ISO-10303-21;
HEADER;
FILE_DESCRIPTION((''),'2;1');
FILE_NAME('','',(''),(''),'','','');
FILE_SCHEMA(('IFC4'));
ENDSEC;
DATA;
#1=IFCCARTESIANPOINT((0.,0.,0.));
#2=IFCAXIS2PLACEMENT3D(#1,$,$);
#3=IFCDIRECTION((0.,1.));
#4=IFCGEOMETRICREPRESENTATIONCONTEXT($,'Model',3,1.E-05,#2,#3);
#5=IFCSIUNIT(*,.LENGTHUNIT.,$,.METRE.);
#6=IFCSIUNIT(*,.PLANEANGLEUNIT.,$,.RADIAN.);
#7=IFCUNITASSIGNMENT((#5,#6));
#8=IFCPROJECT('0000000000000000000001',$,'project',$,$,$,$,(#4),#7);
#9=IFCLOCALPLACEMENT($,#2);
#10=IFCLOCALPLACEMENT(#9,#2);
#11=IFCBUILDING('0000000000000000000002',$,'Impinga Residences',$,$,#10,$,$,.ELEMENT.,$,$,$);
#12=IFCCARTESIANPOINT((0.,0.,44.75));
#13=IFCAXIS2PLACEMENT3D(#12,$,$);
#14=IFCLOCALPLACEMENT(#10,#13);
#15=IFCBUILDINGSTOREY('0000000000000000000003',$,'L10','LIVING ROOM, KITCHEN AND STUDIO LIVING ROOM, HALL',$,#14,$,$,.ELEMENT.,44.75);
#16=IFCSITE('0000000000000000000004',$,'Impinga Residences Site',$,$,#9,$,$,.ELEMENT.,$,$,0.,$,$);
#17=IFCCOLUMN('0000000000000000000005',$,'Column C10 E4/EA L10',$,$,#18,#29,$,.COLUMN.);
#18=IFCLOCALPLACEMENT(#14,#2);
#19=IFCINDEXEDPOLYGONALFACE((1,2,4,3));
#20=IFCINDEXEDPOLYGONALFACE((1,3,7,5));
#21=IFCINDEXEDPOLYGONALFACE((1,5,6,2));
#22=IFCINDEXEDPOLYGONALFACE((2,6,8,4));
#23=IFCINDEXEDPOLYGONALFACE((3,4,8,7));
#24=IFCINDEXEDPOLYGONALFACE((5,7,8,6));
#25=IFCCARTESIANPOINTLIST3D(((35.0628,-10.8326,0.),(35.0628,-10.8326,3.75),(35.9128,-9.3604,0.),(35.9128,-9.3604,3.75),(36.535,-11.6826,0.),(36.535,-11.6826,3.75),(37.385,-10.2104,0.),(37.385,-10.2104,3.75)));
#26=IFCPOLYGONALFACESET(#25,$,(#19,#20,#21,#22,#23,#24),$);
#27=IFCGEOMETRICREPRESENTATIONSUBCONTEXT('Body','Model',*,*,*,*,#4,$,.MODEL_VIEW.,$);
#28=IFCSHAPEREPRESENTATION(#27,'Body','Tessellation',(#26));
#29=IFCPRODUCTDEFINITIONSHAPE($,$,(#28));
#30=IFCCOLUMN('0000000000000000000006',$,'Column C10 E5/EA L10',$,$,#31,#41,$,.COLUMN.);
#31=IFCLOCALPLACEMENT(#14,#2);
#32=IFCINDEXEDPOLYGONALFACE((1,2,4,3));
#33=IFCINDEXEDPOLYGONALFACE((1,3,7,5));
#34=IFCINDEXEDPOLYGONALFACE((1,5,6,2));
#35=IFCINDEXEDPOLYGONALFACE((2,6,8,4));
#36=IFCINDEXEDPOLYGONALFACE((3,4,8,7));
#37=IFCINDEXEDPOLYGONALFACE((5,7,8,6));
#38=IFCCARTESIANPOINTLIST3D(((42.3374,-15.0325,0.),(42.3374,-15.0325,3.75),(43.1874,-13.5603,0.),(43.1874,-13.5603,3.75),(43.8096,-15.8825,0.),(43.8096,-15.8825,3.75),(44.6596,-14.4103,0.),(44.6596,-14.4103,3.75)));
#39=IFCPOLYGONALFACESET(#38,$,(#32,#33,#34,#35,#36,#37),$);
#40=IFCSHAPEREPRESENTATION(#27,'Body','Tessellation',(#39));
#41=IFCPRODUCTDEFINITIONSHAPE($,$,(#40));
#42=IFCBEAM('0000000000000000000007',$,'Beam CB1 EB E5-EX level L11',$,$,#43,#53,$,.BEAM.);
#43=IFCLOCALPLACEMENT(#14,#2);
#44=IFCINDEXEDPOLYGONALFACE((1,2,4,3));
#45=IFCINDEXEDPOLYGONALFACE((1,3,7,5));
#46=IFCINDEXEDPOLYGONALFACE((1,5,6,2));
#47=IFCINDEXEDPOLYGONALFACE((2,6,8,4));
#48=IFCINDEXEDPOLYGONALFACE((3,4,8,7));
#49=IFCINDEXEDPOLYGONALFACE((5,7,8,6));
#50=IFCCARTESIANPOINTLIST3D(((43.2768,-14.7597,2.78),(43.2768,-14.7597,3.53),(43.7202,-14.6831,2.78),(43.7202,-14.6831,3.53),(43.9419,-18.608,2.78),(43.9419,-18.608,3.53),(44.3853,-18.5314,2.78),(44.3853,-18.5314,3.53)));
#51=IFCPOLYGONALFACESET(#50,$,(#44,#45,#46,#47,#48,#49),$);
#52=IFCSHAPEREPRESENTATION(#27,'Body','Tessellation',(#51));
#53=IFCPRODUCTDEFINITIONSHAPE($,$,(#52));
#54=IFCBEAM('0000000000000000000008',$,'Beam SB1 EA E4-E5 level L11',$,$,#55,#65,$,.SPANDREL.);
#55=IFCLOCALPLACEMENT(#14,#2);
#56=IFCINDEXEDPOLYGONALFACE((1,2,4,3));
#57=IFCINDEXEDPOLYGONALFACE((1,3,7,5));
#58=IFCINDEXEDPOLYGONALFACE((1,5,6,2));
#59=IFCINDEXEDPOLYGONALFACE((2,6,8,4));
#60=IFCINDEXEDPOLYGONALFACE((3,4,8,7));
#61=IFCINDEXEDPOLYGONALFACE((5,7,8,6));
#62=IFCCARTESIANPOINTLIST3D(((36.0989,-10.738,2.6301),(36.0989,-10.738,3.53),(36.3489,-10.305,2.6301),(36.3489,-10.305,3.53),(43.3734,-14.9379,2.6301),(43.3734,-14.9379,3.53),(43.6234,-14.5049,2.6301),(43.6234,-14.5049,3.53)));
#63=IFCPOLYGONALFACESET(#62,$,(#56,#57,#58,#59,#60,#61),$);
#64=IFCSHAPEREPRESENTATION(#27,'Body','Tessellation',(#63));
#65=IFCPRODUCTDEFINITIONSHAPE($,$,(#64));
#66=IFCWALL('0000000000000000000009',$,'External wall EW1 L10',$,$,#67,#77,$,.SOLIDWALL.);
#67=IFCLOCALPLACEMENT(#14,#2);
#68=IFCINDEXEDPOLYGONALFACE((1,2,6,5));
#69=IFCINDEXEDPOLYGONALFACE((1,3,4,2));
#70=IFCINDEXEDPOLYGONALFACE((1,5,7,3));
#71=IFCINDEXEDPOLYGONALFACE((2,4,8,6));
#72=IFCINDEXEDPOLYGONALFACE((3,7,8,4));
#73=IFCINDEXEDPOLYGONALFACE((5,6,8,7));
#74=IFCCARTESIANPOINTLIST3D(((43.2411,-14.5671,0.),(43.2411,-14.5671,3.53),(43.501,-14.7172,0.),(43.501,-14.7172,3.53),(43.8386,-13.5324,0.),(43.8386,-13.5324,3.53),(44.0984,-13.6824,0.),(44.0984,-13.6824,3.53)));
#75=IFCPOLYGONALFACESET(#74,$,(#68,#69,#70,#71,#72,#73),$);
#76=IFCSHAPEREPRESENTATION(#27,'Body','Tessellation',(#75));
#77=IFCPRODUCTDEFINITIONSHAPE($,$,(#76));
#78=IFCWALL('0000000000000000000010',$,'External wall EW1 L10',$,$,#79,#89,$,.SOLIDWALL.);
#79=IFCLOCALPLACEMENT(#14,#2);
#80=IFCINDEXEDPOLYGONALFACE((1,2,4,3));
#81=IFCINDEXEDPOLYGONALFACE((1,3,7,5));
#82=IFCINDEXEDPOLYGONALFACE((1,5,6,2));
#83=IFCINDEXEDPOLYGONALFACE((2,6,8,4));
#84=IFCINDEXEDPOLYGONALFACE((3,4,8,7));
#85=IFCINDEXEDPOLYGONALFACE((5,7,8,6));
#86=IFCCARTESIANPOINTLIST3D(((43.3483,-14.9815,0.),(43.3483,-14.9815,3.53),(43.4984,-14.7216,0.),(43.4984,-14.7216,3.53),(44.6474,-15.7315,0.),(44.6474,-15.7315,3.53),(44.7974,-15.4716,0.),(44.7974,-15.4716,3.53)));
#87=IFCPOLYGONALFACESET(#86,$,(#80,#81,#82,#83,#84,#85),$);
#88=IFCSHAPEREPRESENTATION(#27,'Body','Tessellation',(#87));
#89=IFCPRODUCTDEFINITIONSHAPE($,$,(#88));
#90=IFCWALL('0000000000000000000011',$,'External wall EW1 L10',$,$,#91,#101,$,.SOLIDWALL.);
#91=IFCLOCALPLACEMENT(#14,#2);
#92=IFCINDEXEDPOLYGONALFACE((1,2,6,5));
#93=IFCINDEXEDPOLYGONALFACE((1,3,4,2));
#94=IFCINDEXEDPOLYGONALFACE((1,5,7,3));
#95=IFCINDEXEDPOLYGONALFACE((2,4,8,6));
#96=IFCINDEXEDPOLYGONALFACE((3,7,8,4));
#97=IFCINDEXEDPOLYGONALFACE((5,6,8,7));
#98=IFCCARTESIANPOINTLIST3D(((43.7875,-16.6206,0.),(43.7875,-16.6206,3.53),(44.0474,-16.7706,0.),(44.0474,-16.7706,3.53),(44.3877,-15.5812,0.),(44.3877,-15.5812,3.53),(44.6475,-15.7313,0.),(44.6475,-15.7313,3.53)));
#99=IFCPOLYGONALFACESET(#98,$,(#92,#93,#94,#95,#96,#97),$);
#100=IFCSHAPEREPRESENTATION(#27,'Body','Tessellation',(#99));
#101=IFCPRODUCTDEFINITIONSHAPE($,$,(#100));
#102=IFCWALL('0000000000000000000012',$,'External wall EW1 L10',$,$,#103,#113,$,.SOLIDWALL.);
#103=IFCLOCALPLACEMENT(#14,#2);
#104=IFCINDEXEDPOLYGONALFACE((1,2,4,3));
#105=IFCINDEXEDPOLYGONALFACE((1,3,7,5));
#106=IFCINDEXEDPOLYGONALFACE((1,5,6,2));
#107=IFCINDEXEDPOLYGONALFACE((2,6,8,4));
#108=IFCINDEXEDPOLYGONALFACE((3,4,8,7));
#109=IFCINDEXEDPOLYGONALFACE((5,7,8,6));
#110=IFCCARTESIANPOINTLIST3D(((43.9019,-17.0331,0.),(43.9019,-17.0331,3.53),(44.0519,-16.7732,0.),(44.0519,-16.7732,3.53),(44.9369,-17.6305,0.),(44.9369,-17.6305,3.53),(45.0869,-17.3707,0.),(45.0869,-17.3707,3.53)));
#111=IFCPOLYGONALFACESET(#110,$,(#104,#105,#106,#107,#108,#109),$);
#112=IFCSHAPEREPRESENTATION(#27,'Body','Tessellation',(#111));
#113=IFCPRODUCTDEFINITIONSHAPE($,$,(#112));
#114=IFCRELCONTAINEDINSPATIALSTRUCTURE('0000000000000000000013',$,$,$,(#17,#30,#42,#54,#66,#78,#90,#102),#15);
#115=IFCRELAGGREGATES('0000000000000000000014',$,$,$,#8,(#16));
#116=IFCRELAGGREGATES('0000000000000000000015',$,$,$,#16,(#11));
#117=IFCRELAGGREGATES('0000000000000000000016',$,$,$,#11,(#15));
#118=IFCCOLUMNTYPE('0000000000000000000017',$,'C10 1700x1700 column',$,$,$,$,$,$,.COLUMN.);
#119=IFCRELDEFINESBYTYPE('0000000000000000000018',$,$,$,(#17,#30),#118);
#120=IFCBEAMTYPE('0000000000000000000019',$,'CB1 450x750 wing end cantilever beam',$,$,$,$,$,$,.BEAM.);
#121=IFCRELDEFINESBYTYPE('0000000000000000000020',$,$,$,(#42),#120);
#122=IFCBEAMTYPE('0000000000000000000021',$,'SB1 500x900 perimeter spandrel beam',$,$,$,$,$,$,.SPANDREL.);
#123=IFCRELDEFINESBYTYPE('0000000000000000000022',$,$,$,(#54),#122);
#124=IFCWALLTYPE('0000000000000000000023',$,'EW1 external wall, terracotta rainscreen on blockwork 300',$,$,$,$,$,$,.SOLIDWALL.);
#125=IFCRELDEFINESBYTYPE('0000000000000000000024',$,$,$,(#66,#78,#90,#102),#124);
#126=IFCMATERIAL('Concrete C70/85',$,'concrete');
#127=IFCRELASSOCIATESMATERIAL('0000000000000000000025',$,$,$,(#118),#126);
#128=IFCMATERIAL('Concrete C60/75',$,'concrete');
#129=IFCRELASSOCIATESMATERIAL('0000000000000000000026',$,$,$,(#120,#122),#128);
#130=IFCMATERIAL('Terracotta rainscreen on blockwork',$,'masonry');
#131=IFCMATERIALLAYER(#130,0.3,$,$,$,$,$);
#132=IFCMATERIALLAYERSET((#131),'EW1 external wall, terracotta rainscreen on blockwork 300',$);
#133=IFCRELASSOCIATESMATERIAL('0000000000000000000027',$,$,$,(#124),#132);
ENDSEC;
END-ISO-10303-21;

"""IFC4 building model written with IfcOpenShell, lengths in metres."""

from ifc_helpers import new_model, si_unit, direction, frame, frame_2d, origin, origin_2d, place, context, subcontext, project, spatial, rectangle, extrude, material, layer, layer_set, material_profile, profile_set, type_object, element, save


model = new_model("IFC4")

# Units and contexts
model_context = context("Model", 3, precision=1e-05, world=origin(), true_north=direction((0.0, 1.0)))
body_context = subcontext(model_context, "Body", "Model", "MODEL_VIEW")
ifc_project = project(units=[si_unit("LENGTHUNIT", "METRE"), si_unit("PLANEANGLEUNIT", "RADIAN")], contexts=[model_context])

# Site, building, storey
site_placement = place(None, origin())
site = spatial("IfcSite", under=ifc_project, at=site_placement, Name="Impinga Residences Site", CompositionType="ELEMENT", RefElevation=0.0)
building_placement = place(site_placement, origin())
building = spatial("IfcBuilding", under=site, at=building_placement, Name="Impinga Residences", CompositionType="ELEMENT")
storey_placement = place(building_placement, frame((0.0, 0.0, 44.75)))
storey = spatial("IfcBuildingStorey", under=building, at=storey_placement, Name="L10", Description="LIVING ROOM, KITCHEN AND STUDIO LIVING ROOM, HALL", CompositionType="ELEMENT", Elevation=44.75)

# Columns
ifc_material_1 = material(Name="Concrete C70/85", Category="concrete")
ifc_material_profile_1 = material_profile(ifc_material_1, rectangle(XDim=1.7, YDim=1.7, at=origin_2d()), Name="RC 1700x1700")
ifc_profile_set_1 = profile_set([ifc_material_profile_1], Name="Concrete C70/85")
column_type = type_object("IfcColumnType", Name="C10 1700x1700 column", PredefinedType="COLUMN", material=ifc_profile_set_1)
for number, where, z_axis, x_axis, name in (
    (1, (36.2239, -10.5215, 0.0), (0.0, 0.0, 1.0), (-0.5, -0.866025, 0.0), "Column C10 E4/EA L10"),
    (2, (43.4985, -14.7214, 0.0), (0.0, 0.0, 1.0), (-0.5, -0.866025, 0.0), "Column C10 E5/EA L10"),
):
    element("IfcColumn", number, at=place(storey_placement, frame(where, z_axis=z_axis, x_axis=x_axis)), inside=storey, type_object=column_type, Name=name, PredefinedType="COLUMN", context=body_context, shape_type="SweptSolid", body=[
        extrude(rectangle(XDim=1.7, YDim=1.7, at=origin_2d()), origin(), (0.0, 0.0, 1.0), 3.75),
    ])

# Beams
ifc_material_2 = material(Name="Concrete C60/75", Category="concrete")
ifc_material_profile_2 = material_profile(ifc_material_2, rectangle(XDim=0.45, YDim=0.75, at=origin_2d()), Name="RC 450x750")
ifc_profile_set_2 = profile_set([ifc_material_profile_2], Name="Concrete C60/75")
beam_type_1 = type_object("IfcBeamType", Name="CB1 450x750 wing end cantilever beam", PredefinedType="BEAM", material=ifc_profile_set_2)
beam_1_placement = place(storey_placement, frame((43.4985, -14.7214, 3.155), z_axis=(0.170296, -0.985393, 0.0), x_axis=(0.985393, 0.170296, 0.0)))
element("IfcBeam", 3, at=beam_1_placement, inside=storey, type_object=beam_type_1, Name="Beam CB1 EB E5-EX level L11", PredefinedType="BEAM", context=body_context, shape_type="SweptSolid", body=[
    extrude(rectangle(XDim=0.45, YDim=0.75, at=origin_2d()), origin(), (0.0, 0.0, 1.0), 3.9053),
])
ifc_material_profile_3 = material_profile(ifc_material_2, rectangle(XDim=0.5, YDim=0.8999, at=origin_2d()), Name="RC 500x900")
ifc_profile_set_3 = profile_set([ifc_material_profile_3], Name="Concrete C60/75")
beam_type_2 = type_object("IfcBeamType", Name="SB1 500x900 perimeter spandrel beam", PredefinedType="SPANDREL", material=ifc_profile_set_3)
beam_2_placement = place(storey_placement, frame((36.2239, -10.5215, 3.0801), z_axis=(0.866029, -0.499993, 0.0), x_axis=(0.499993, 0.866029, 0.0)))
element("IfcBeam", 4, at=beam_2_placement, inside=storey, type_object=beam_type_2, Name="Beam SB1 EA E4-E5 level L11", PredefinedType="SPANDREL", context=body_context, shape_type="SweptSolid", body=[
    extrude(rectangle(XDim=0.5, YDim=0.8999, at=origin_2d()), origin(), (0.0, 0.0, 1.0), 8.3999),
])

# Walls
ifc_material_3 = material(Name="Terracotta rainscreen on blockwork", Category="masonry")
ifc_layer_1 = layer(ifc_material_3, 0.3)
ifc_layer_set_1 = layer_set([ifc_layer_1], Name="EW1 external wall, terracotta rainscreen on blockwork 300")
wall_type_1 = type_object("IfcWallType", Name="EW1 external wall, terracotta rainscreen on blockwork 300", PredefinedType="SOLIDWALL", material=ifc_layer_set_1)
wall_1_placement = place(storey_placement, frame((43.9685, -13.6074, 0.0), z_axis=(0.0, 0.0, 1.0), x_axis=(-0.500029, -0.866009, 0.0)))
element("IfcWall", 5, at=wall_1_placement, inside=storey, type_object=wall_type_1, Name="External wall EW1 L10", PredefinedType="SOLIDWALL", context=body_context, shape_type="SweptSolid", body=[
    extrude(rectangle(XDim=1.1948, YDim=0.3, at=frame_2d((0.5974, 0.0))), origin(), (0.0, 0.0, 1.0), 3.53),
])
wall_2_placement = place(storey_placement, frame((43.4233, -14.8516, 0.0), z_axis=(0.0, 0.0, 1.0), x_axis=(0.866031, -0.49999, 0.0)))
element("IfcWall", 6, at=wall_2_placement, inside=storey, type_object=wall_type_1, Name="External wall EW1 L10", PredefinedType="SOLIDWALL", context=body_context, shape_type="SweptSolid", body=[
    extrude(rectangle(XDim=1.5, YDim=0.3, at=frame_2d((0.75, 0.0))), origin(), (0.0, 0.0, 1.0), 3.53),
])
wall_3_placement = place(storey_placement, frame((44.5176, -15.6562, 0.0), z_axis=(0.0, 0.0, 1.0), x_axis=(-0.500034, -0.866006, 0.0)))
element("IfcWall", 7, at=wall_3_placement, inside=storey, type_object=wall_type_1, Name="External wall EW1 L10", PredefinedType="SOLIDWALL", context=body_context, shape_type="SweptSolid", body=[
    extrude(rectangle(XDim=1.2002, YDim=0.3, at=frame_2d((0.6001, 0.0))), origin(), (0.0, 0.0, 1.0), 3.53),
])
wall_4_placement = place(storey_placement, frame((43.9768, -16.9031, 0.0), z_axis=(0.0, 0.0, 1.0), x_axis=(0.86606, -0.499941, 0.0)))
element("IfcWall", 8, at=wall_4_placement, inside=storey, type_object=wall_type_1, Name="External wall EW1 L10", PredefinedType="SOLIDWALL", context=body_context, shape_type="SweptSolid", body=[
    extrude(rectangle(XDim=1.1951, YDim=0.3, at=frame_2d((0.5977, 0.0))), origin(), (0.0, 0.0, 1.0), 3.53),
])

save(model, "model.ifc")
